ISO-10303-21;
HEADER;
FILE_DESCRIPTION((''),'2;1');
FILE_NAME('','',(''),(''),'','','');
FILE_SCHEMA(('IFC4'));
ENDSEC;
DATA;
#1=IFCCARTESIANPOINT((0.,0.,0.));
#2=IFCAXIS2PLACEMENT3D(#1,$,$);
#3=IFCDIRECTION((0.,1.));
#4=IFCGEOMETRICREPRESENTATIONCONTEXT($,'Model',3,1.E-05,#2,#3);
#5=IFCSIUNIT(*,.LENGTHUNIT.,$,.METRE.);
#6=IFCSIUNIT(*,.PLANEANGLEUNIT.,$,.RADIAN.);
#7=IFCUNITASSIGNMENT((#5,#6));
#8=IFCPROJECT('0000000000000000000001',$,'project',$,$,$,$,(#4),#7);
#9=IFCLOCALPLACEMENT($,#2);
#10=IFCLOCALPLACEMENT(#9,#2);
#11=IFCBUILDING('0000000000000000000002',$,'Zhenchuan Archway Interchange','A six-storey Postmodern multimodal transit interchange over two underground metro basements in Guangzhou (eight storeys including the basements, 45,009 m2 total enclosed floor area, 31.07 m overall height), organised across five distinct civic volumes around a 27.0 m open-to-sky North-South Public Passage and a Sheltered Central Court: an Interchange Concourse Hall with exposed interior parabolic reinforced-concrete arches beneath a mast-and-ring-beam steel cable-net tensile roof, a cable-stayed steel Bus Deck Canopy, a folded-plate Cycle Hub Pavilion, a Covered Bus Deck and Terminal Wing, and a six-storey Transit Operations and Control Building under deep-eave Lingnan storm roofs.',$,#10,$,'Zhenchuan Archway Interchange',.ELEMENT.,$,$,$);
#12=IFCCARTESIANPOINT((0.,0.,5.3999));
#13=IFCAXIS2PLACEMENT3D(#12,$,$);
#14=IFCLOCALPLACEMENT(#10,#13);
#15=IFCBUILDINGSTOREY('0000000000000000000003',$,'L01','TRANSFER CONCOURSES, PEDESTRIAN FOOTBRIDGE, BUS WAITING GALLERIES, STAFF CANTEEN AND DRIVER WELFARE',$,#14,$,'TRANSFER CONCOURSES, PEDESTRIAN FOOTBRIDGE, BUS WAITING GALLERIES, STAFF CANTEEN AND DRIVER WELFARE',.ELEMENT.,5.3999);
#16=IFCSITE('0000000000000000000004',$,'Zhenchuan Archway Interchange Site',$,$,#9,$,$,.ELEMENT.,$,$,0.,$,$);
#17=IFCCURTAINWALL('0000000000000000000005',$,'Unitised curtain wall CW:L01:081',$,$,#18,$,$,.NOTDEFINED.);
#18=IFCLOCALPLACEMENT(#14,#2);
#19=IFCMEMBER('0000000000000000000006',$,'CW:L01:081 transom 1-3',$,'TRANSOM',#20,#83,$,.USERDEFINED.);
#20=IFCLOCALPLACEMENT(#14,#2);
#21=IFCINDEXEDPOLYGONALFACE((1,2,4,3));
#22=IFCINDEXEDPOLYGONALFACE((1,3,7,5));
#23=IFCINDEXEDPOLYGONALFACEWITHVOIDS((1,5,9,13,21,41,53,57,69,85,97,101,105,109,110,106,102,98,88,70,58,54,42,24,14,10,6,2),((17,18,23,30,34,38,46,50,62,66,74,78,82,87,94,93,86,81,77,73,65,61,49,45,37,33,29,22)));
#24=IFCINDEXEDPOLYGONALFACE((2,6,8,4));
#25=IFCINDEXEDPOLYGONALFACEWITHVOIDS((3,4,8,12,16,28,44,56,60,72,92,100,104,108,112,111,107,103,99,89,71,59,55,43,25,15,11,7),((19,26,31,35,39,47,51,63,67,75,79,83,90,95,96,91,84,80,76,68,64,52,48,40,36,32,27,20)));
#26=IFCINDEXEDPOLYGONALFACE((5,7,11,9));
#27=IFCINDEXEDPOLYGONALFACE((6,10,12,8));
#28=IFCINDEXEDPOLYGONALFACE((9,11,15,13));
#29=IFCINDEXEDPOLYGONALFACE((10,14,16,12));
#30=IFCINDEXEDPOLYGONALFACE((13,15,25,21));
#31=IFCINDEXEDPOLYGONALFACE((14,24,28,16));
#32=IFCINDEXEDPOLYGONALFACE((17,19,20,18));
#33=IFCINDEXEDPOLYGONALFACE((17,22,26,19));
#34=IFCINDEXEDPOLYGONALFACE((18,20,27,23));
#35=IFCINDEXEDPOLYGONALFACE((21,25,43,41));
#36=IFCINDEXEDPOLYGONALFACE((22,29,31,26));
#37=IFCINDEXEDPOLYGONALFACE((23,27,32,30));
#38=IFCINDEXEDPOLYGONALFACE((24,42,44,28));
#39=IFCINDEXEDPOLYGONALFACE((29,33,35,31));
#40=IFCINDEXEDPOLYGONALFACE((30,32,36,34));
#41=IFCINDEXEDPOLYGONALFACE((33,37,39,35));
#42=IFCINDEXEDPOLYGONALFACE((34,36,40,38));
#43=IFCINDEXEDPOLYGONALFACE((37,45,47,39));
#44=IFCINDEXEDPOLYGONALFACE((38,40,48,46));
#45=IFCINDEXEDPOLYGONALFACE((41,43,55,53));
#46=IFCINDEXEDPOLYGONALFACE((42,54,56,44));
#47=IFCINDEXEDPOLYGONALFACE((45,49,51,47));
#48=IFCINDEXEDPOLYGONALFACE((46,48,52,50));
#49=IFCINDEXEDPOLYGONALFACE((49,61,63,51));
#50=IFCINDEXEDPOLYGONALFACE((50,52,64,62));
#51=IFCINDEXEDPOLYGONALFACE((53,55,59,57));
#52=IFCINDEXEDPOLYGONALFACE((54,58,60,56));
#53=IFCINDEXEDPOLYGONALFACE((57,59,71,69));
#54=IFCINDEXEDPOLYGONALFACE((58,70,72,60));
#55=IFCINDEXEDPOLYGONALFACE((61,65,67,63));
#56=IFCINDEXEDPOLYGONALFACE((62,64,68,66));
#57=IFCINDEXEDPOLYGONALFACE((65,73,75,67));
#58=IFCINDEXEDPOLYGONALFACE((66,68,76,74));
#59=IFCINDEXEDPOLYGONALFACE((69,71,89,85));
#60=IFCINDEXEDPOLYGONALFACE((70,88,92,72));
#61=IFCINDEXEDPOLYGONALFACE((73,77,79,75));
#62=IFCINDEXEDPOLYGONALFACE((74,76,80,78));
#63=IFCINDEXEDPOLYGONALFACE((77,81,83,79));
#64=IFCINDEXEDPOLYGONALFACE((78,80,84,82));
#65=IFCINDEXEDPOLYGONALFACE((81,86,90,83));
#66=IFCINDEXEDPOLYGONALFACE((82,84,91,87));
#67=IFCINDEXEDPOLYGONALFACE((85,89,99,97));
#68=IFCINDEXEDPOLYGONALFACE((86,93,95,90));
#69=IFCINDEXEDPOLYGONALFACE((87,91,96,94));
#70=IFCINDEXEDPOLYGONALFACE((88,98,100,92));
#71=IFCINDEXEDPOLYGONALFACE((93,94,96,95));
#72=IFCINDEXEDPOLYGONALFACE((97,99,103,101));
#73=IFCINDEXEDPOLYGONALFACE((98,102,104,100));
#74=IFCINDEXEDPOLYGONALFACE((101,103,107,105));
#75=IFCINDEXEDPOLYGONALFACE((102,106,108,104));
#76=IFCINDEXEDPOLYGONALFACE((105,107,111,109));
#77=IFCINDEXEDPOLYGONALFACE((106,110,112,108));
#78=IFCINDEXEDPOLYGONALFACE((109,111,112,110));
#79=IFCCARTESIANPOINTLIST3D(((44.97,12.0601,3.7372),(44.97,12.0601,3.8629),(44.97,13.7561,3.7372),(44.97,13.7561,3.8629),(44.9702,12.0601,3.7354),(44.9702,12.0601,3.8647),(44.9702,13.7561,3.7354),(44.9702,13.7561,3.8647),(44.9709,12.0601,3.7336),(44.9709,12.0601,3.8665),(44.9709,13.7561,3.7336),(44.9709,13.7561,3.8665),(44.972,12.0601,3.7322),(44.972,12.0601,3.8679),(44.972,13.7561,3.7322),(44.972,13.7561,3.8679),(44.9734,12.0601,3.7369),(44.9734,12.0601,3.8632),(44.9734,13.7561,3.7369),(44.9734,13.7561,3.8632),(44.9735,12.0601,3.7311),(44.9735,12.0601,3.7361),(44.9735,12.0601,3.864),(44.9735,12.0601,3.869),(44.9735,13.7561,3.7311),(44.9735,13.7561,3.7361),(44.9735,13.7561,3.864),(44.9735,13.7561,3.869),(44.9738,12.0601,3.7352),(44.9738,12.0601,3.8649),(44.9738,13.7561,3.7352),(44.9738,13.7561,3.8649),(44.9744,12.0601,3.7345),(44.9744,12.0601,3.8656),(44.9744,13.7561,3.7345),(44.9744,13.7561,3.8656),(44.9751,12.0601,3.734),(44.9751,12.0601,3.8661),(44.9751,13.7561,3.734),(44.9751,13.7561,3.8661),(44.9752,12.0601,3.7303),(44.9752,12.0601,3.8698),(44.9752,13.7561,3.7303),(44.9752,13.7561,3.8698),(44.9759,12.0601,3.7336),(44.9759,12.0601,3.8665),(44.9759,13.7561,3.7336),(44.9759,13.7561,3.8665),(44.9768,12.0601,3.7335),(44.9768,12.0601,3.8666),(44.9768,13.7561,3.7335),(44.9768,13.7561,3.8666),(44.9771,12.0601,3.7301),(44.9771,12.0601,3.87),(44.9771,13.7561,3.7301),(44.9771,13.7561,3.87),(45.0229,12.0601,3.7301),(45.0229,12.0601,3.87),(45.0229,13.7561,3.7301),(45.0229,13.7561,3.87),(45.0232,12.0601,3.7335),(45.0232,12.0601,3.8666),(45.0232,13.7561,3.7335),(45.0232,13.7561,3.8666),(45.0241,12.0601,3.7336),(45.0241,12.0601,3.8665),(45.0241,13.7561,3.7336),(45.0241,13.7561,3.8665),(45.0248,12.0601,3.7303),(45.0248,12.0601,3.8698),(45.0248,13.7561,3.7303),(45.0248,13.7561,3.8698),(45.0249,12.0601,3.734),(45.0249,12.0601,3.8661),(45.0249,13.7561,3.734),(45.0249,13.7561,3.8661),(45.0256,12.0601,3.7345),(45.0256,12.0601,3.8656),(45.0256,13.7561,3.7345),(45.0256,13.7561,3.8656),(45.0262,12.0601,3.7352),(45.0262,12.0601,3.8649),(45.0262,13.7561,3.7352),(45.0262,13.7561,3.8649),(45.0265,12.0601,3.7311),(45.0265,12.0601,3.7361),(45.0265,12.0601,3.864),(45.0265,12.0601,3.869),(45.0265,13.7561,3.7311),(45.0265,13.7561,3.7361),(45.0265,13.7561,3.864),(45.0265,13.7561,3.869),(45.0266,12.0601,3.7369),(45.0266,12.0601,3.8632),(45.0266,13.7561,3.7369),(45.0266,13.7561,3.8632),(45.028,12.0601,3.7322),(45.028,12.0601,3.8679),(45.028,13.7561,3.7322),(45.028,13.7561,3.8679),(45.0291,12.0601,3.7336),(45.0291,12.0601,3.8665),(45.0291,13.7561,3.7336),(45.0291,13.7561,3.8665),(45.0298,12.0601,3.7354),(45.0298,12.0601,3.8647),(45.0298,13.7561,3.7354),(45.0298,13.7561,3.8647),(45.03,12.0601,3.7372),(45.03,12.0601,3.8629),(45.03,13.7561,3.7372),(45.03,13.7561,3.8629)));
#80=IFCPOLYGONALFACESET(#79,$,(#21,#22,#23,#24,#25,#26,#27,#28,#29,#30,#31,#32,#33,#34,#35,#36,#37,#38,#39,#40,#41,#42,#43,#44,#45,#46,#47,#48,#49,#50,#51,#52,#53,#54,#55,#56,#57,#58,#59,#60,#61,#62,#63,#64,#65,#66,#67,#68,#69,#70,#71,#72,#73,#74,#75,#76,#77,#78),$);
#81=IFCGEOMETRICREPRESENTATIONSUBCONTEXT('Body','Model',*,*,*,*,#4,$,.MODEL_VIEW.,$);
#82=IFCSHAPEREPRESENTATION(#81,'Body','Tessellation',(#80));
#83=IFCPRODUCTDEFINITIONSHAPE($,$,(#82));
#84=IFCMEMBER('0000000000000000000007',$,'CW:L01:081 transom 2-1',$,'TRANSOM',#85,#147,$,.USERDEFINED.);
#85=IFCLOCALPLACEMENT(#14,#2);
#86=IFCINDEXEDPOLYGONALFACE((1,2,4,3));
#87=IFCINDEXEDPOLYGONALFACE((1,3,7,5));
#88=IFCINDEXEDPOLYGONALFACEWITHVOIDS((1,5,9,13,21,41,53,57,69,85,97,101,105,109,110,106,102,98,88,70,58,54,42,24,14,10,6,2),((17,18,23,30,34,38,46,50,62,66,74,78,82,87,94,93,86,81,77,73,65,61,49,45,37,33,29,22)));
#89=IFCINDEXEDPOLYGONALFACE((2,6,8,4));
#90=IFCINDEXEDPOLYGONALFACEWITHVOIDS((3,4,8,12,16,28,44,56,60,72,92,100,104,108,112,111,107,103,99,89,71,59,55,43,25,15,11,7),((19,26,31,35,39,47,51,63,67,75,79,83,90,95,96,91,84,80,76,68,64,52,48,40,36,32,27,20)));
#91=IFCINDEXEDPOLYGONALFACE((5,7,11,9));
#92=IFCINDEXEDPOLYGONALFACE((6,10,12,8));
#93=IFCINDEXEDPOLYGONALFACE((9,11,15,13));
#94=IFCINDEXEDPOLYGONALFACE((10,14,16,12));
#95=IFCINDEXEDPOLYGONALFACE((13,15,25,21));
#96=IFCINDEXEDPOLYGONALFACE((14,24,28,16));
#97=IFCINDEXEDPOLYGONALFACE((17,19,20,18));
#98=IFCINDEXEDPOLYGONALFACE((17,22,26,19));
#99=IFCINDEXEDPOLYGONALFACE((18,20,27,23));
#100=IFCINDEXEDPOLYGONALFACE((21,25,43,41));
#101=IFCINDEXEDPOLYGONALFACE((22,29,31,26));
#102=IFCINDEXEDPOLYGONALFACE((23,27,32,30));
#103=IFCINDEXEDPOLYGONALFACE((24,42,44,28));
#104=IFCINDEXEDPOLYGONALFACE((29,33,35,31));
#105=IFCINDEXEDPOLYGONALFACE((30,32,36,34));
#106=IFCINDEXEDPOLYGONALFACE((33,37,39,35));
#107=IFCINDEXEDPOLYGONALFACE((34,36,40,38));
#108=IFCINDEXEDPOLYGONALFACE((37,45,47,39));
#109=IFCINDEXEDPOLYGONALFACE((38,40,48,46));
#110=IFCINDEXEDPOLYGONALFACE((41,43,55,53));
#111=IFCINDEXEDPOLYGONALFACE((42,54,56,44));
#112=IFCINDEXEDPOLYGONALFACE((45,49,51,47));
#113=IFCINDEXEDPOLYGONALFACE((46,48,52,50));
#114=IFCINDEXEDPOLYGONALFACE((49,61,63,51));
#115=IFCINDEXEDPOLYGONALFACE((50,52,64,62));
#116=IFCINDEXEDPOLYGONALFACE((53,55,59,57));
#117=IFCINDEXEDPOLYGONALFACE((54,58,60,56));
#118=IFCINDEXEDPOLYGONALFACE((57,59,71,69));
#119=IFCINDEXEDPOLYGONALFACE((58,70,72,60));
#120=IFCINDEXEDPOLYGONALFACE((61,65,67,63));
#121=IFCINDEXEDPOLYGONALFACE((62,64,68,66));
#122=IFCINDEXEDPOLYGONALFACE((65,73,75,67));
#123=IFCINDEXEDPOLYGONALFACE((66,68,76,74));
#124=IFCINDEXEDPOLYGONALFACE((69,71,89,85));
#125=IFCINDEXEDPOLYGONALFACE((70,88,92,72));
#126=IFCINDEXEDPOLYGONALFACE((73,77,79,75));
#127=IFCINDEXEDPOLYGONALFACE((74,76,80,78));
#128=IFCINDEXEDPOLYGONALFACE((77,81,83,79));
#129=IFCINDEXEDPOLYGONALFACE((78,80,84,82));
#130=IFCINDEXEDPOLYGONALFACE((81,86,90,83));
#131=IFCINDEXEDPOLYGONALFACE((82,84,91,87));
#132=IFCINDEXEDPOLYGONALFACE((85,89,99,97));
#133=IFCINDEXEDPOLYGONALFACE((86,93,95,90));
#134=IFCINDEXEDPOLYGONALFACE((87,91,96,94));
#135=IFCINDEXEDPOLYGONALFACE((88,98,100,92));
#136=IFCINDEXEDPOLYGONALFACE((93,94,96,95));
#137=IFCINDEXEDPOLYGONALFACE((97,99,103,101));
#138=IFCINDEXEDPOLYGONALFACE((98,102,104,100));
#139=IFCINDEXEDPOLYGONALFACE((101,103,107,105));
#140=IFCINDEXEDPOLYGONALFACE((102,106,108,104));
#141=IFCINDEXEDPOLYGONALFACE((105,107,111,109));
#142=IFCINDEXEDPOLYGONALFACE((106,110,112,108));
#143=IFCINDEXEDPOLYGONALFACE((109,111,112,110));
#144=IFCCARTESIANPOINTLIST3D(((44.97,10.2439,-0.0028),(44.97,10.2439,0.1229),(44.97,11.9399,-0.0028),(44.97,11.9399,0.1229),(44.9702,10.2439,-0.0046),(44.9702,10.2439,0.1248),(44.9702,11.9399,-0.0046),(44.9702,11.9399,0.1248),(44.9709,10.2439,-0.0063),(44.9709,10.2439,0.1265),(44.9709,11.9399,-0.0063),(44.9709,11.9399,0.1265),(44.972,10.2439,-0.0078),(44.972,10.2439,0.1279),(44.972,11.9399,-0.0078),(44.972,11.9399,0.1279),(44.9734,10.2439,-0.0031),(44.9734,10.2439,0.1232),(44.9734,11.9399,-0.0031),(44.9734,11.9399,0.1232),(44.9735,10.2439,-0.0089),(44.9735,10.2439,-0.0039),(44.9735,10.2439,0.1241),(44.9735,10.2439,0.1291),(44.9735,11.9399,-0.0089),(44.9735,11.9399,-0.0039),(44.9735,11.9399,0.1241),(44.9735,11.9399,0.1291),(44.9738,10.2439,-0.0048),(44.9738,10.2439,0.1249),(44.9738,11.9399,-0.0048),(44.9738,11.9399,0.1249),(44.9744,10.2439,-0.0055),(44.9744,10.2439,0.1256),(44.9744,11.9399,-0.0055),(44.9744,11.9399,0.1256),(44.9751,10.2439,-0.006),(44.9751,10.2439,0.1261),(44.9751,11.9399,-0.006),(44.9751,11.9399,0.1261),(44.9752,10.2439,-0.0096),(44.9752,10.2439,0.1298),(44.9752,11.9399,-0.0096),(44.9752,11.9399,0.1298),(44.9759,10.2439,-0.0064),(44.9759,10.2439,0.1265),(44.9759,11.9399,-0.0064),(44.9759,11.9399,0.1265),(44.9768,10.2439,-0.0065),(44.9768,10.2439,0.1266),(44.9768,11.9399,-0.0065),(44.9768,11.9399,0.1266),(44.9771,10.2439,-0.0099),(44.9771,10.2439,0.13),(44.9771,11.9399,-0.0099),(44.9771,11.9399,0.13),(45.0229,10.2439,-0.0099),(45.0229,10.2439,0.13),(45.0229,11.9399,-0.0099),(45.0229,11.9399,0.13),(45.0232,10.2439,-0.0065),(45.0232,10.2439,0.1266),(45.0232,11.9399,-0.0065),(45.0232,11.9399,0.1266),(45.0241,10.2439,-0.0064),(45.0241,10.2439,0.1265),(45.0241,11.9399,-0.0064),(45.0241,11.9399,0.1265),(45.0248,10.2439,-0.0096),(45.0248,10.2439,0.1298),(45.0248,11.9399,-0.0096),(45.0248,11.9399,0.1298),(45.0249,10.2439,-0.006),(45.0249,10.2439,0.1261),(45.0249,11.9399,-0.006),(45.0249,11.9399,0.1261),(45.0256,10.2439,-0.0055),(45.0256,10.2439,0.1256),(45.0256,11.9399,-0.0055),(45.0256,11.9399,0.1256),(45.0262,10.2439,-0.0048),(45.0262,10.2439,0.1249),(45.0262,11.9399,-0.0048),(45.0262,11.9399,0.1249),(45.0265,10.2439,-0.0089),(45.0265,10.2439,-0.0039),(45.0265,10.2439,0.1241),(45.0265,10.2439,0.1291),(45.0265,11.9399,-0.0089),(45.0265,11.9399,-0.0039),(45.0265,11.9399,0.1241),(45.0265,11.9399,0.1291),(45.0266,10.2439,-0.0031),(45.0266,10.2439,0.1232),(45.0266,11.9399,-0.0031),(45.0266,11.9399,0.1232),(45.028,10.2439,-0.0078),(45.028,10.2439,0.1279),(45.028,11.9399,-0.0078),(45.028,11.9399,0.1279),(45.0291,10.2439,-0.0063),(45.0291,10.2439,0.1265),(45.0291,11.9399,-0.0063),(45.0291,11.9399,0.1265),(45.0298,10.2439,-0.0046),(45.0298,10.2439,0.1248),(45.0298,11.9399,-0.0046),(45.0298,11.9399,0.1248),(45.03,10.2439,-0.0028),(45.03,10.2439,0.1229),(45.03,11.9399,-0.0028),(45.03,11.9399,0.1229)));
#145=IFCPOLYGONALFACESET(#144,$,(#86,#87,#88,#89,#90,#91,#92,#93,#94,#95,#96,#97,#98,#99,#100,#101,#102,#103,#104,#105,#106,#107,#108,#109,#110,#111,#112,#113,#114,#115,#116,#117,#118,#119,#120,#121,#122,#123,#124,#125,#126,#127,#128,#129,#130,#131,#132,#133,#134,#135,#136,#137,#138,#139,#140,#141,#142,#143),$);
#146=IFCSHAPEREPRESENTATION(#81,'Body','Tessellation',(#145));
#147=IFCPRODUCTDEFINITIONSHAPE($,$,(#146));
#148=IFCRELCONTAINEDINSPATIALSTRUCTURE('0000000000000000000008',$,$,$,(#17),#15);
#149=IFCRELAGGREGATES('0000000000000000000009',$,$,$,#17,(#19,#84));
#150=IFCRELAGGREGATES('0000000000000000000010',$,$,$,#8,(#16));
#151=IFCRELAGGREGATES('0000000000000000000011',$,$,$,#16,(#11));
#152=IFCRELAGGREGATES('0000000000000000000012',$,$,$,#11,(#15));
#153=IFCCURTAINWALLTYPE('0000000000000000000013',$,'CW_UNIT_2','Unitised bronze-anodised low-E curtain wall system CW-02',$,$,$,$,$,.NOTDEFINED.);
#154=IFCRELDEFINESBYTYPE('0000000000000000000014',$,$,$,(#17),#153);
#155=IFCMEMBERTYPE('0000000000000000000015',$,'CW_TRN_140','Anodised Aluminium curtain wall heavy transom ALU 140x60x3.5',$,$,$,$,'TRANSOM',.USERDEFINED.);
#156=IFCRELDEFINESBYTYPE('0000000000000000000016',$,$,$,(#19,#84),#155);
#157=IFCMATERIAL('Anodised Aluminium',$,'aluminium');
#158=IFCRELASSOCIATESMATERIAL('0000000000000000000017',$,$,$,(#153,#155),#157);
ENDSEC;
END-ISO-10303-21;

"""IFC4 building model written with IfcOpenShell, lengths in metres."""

from ifc_helpers import new_model, si_unit, direction, frame, origin, origin_2d, place, context, subcontext, project, spatial, hollow_rectangle, extrude, material, material_profile, profile_set, type_object, element, aggregate, save


model = new_model("IFC4")

# Units and contexts
model_context = context("Model", 3, precision=1e-05, world=origin(), true_north=direction((0.0, 1.0)))
body_context = subcontext(model_context, "Body", "Model", "MODEL_VIEW")
ifc_project = project(units=[si_unit("LENGTHUNIT", "METRE"), si_unit("PLANEANGLEUNIT", "RADIAN")], contexts=[model_context])

# Site, building, storey
site_placement = place(None, origin())
site = spatial("IfcSite", under=ifc_project, at=site_placement, Name="Zhenchuan Archway Interchange Site", CompositionType="ELEMENT", RefElevation=0.0)
building_placement = place(site_placement, origin())
building = spatial("IfcBuilding", under=site, at=building_placement, Name="Zhenchuan Archway Interchange", Description="A six-storey Postmodern multimodal transit interchange over two underground metro basements in Guangzhou (eight storeys including the basements, 45,009 m2 total enclosed floor area, 31.07 m overall height), organised across five distinct civic volumes around a 27.0 m open-to-sky North-South Public Passage and a Sheltered Central Court: an Interchange Concourse Hall with exposed interior parabolic reinforced-concrete arches beneath a mast-and-ring-beam steel cable-net tensile roof, a cable-stayed steel Bus Deck Canopy, a folded-plate Cycle Hub Pavilion, a Covered Bus Deck and Terminal Wing, and a six-storey Transit Operations and Control Building under deep-eave Lingnan storm roofs.", LongName="Zhenchuan Archway Interchange", CompositionType="ELEMENT")
storey_placement = place(building_placement, frame((0.0, 0.0, 5.3999)))
storey = spatial("IfcBuildingStorey", under=building, at=storey_placement, Name="L01", Description="TRANSFER CONCOURSES, PEDESTRIAN FOOTBRIDGE, BUS WAITING GALLERIES, STAFF CANTEEN AND DRIVER WELFARE", LongName="TRANSFER CONCOURSES, PEDESTRIAN FOOTBRIDGE, BUS WAITING GALLERIES, STAFF CANTEEN AND DRIVER WELFARE", CompositionType="ELEMENT", Elevation=5.3999)

# Curtain wall
ifc_material_1 = material(Name="Anodised Aluminium", Category="aluminium")
curtain_wall_type_1 = type_object("IfcCurtainWallType", Name="CW_UNIT_2", Description="Unitised bronze-anodised low-E curtain wall system CW-02", PredefinedType="NOTDEFINED", material=ifc_material_1)
curtain_wall_1_placement = place(storey_placement, origin())
curtain_wall_1 = element("IfcCurtainWall", 1, at=curtain_wall_1_placement, inside=storey, type_object=curtain_wall_type_1, Name="Unitised curtain wall CW:L01:081", PredefinedType="NOTDEFINED")

# Members
ifc_material_profile_1 = material_profile(ifc_material_1, hollow_rectangle(XDim=0.0601, YDim=0.1399, WallThickness=0.0034, InnerFilletRadius=0.0034, OuterFilletRadius=0.0071, at=origin_2d()), Name="ALU 140x60x3.5")
ifc_profile_set_1 = profile_set([ifc_material_profile_1], Name="Anodised Aluminium")
member_type_1 = type_object("IfcMemberType", Name="CW_TRN_140", Description="Anodised Aluminium curtain wall heavy transom ALU 140x60x3.5", ElementType="TRANSOM", PredefinedType="USERDEFINED", material=ifc_profile_set_1)
member_1_placement = place(storey_placement, frame((45.0, 13.7561, 3.8), z_axis=(0.0, -1.0, 0.0), x_axis=(1.0, 0.0, 0.0)))
member_1 = element("IfcMember", 2, at=member_1_placement, type_object=member_type_1, Name="CW:L01:081 transom 1-3", ObjectType="TRANSOM", PredefinedType="USERDEFINED", context=body_context, shape_type="SweptSolid", body=[
    extrude(hollow_rectangle(XDim=0.0601, YDim=0.1399, WallThickness=0.0034, InnerFilletRadius=0.0034, OuterFilletRadius=0.0071, at=origin_2d()), origin(), (0.0, 0.0, 1.0), 1.696),
])
member_2_placement = place(storey_placement, frame((45.0, 11.9399, 0.0601), z_axis=(0.0, -1.0, 0.0), x_axis=(1.0, 0.0, 0.0)))
member_2 = element("IfcMember", 3, at=member_2_placement, type_object=member_type_1, Name="CW:L01:081 transom 2-1", ObjectType="TRANSOM", PredefinedType="USERDEFINED", context=body_context, shape_type="SweptSolid", body=[
    extrude(hollow_rectangle(XDim=0.0601, YDim=0.1399, WallThickness=0.0034, InnerFilletRadius=0.0034, OuterFilletRadius=0.0071, at=origin_2d()), origin(), (0.0, 0.0, 1.0), 1.696),
])

aggregate(curtain_wall_1, [member_1, member_2])

save(model, "model.ifc")
